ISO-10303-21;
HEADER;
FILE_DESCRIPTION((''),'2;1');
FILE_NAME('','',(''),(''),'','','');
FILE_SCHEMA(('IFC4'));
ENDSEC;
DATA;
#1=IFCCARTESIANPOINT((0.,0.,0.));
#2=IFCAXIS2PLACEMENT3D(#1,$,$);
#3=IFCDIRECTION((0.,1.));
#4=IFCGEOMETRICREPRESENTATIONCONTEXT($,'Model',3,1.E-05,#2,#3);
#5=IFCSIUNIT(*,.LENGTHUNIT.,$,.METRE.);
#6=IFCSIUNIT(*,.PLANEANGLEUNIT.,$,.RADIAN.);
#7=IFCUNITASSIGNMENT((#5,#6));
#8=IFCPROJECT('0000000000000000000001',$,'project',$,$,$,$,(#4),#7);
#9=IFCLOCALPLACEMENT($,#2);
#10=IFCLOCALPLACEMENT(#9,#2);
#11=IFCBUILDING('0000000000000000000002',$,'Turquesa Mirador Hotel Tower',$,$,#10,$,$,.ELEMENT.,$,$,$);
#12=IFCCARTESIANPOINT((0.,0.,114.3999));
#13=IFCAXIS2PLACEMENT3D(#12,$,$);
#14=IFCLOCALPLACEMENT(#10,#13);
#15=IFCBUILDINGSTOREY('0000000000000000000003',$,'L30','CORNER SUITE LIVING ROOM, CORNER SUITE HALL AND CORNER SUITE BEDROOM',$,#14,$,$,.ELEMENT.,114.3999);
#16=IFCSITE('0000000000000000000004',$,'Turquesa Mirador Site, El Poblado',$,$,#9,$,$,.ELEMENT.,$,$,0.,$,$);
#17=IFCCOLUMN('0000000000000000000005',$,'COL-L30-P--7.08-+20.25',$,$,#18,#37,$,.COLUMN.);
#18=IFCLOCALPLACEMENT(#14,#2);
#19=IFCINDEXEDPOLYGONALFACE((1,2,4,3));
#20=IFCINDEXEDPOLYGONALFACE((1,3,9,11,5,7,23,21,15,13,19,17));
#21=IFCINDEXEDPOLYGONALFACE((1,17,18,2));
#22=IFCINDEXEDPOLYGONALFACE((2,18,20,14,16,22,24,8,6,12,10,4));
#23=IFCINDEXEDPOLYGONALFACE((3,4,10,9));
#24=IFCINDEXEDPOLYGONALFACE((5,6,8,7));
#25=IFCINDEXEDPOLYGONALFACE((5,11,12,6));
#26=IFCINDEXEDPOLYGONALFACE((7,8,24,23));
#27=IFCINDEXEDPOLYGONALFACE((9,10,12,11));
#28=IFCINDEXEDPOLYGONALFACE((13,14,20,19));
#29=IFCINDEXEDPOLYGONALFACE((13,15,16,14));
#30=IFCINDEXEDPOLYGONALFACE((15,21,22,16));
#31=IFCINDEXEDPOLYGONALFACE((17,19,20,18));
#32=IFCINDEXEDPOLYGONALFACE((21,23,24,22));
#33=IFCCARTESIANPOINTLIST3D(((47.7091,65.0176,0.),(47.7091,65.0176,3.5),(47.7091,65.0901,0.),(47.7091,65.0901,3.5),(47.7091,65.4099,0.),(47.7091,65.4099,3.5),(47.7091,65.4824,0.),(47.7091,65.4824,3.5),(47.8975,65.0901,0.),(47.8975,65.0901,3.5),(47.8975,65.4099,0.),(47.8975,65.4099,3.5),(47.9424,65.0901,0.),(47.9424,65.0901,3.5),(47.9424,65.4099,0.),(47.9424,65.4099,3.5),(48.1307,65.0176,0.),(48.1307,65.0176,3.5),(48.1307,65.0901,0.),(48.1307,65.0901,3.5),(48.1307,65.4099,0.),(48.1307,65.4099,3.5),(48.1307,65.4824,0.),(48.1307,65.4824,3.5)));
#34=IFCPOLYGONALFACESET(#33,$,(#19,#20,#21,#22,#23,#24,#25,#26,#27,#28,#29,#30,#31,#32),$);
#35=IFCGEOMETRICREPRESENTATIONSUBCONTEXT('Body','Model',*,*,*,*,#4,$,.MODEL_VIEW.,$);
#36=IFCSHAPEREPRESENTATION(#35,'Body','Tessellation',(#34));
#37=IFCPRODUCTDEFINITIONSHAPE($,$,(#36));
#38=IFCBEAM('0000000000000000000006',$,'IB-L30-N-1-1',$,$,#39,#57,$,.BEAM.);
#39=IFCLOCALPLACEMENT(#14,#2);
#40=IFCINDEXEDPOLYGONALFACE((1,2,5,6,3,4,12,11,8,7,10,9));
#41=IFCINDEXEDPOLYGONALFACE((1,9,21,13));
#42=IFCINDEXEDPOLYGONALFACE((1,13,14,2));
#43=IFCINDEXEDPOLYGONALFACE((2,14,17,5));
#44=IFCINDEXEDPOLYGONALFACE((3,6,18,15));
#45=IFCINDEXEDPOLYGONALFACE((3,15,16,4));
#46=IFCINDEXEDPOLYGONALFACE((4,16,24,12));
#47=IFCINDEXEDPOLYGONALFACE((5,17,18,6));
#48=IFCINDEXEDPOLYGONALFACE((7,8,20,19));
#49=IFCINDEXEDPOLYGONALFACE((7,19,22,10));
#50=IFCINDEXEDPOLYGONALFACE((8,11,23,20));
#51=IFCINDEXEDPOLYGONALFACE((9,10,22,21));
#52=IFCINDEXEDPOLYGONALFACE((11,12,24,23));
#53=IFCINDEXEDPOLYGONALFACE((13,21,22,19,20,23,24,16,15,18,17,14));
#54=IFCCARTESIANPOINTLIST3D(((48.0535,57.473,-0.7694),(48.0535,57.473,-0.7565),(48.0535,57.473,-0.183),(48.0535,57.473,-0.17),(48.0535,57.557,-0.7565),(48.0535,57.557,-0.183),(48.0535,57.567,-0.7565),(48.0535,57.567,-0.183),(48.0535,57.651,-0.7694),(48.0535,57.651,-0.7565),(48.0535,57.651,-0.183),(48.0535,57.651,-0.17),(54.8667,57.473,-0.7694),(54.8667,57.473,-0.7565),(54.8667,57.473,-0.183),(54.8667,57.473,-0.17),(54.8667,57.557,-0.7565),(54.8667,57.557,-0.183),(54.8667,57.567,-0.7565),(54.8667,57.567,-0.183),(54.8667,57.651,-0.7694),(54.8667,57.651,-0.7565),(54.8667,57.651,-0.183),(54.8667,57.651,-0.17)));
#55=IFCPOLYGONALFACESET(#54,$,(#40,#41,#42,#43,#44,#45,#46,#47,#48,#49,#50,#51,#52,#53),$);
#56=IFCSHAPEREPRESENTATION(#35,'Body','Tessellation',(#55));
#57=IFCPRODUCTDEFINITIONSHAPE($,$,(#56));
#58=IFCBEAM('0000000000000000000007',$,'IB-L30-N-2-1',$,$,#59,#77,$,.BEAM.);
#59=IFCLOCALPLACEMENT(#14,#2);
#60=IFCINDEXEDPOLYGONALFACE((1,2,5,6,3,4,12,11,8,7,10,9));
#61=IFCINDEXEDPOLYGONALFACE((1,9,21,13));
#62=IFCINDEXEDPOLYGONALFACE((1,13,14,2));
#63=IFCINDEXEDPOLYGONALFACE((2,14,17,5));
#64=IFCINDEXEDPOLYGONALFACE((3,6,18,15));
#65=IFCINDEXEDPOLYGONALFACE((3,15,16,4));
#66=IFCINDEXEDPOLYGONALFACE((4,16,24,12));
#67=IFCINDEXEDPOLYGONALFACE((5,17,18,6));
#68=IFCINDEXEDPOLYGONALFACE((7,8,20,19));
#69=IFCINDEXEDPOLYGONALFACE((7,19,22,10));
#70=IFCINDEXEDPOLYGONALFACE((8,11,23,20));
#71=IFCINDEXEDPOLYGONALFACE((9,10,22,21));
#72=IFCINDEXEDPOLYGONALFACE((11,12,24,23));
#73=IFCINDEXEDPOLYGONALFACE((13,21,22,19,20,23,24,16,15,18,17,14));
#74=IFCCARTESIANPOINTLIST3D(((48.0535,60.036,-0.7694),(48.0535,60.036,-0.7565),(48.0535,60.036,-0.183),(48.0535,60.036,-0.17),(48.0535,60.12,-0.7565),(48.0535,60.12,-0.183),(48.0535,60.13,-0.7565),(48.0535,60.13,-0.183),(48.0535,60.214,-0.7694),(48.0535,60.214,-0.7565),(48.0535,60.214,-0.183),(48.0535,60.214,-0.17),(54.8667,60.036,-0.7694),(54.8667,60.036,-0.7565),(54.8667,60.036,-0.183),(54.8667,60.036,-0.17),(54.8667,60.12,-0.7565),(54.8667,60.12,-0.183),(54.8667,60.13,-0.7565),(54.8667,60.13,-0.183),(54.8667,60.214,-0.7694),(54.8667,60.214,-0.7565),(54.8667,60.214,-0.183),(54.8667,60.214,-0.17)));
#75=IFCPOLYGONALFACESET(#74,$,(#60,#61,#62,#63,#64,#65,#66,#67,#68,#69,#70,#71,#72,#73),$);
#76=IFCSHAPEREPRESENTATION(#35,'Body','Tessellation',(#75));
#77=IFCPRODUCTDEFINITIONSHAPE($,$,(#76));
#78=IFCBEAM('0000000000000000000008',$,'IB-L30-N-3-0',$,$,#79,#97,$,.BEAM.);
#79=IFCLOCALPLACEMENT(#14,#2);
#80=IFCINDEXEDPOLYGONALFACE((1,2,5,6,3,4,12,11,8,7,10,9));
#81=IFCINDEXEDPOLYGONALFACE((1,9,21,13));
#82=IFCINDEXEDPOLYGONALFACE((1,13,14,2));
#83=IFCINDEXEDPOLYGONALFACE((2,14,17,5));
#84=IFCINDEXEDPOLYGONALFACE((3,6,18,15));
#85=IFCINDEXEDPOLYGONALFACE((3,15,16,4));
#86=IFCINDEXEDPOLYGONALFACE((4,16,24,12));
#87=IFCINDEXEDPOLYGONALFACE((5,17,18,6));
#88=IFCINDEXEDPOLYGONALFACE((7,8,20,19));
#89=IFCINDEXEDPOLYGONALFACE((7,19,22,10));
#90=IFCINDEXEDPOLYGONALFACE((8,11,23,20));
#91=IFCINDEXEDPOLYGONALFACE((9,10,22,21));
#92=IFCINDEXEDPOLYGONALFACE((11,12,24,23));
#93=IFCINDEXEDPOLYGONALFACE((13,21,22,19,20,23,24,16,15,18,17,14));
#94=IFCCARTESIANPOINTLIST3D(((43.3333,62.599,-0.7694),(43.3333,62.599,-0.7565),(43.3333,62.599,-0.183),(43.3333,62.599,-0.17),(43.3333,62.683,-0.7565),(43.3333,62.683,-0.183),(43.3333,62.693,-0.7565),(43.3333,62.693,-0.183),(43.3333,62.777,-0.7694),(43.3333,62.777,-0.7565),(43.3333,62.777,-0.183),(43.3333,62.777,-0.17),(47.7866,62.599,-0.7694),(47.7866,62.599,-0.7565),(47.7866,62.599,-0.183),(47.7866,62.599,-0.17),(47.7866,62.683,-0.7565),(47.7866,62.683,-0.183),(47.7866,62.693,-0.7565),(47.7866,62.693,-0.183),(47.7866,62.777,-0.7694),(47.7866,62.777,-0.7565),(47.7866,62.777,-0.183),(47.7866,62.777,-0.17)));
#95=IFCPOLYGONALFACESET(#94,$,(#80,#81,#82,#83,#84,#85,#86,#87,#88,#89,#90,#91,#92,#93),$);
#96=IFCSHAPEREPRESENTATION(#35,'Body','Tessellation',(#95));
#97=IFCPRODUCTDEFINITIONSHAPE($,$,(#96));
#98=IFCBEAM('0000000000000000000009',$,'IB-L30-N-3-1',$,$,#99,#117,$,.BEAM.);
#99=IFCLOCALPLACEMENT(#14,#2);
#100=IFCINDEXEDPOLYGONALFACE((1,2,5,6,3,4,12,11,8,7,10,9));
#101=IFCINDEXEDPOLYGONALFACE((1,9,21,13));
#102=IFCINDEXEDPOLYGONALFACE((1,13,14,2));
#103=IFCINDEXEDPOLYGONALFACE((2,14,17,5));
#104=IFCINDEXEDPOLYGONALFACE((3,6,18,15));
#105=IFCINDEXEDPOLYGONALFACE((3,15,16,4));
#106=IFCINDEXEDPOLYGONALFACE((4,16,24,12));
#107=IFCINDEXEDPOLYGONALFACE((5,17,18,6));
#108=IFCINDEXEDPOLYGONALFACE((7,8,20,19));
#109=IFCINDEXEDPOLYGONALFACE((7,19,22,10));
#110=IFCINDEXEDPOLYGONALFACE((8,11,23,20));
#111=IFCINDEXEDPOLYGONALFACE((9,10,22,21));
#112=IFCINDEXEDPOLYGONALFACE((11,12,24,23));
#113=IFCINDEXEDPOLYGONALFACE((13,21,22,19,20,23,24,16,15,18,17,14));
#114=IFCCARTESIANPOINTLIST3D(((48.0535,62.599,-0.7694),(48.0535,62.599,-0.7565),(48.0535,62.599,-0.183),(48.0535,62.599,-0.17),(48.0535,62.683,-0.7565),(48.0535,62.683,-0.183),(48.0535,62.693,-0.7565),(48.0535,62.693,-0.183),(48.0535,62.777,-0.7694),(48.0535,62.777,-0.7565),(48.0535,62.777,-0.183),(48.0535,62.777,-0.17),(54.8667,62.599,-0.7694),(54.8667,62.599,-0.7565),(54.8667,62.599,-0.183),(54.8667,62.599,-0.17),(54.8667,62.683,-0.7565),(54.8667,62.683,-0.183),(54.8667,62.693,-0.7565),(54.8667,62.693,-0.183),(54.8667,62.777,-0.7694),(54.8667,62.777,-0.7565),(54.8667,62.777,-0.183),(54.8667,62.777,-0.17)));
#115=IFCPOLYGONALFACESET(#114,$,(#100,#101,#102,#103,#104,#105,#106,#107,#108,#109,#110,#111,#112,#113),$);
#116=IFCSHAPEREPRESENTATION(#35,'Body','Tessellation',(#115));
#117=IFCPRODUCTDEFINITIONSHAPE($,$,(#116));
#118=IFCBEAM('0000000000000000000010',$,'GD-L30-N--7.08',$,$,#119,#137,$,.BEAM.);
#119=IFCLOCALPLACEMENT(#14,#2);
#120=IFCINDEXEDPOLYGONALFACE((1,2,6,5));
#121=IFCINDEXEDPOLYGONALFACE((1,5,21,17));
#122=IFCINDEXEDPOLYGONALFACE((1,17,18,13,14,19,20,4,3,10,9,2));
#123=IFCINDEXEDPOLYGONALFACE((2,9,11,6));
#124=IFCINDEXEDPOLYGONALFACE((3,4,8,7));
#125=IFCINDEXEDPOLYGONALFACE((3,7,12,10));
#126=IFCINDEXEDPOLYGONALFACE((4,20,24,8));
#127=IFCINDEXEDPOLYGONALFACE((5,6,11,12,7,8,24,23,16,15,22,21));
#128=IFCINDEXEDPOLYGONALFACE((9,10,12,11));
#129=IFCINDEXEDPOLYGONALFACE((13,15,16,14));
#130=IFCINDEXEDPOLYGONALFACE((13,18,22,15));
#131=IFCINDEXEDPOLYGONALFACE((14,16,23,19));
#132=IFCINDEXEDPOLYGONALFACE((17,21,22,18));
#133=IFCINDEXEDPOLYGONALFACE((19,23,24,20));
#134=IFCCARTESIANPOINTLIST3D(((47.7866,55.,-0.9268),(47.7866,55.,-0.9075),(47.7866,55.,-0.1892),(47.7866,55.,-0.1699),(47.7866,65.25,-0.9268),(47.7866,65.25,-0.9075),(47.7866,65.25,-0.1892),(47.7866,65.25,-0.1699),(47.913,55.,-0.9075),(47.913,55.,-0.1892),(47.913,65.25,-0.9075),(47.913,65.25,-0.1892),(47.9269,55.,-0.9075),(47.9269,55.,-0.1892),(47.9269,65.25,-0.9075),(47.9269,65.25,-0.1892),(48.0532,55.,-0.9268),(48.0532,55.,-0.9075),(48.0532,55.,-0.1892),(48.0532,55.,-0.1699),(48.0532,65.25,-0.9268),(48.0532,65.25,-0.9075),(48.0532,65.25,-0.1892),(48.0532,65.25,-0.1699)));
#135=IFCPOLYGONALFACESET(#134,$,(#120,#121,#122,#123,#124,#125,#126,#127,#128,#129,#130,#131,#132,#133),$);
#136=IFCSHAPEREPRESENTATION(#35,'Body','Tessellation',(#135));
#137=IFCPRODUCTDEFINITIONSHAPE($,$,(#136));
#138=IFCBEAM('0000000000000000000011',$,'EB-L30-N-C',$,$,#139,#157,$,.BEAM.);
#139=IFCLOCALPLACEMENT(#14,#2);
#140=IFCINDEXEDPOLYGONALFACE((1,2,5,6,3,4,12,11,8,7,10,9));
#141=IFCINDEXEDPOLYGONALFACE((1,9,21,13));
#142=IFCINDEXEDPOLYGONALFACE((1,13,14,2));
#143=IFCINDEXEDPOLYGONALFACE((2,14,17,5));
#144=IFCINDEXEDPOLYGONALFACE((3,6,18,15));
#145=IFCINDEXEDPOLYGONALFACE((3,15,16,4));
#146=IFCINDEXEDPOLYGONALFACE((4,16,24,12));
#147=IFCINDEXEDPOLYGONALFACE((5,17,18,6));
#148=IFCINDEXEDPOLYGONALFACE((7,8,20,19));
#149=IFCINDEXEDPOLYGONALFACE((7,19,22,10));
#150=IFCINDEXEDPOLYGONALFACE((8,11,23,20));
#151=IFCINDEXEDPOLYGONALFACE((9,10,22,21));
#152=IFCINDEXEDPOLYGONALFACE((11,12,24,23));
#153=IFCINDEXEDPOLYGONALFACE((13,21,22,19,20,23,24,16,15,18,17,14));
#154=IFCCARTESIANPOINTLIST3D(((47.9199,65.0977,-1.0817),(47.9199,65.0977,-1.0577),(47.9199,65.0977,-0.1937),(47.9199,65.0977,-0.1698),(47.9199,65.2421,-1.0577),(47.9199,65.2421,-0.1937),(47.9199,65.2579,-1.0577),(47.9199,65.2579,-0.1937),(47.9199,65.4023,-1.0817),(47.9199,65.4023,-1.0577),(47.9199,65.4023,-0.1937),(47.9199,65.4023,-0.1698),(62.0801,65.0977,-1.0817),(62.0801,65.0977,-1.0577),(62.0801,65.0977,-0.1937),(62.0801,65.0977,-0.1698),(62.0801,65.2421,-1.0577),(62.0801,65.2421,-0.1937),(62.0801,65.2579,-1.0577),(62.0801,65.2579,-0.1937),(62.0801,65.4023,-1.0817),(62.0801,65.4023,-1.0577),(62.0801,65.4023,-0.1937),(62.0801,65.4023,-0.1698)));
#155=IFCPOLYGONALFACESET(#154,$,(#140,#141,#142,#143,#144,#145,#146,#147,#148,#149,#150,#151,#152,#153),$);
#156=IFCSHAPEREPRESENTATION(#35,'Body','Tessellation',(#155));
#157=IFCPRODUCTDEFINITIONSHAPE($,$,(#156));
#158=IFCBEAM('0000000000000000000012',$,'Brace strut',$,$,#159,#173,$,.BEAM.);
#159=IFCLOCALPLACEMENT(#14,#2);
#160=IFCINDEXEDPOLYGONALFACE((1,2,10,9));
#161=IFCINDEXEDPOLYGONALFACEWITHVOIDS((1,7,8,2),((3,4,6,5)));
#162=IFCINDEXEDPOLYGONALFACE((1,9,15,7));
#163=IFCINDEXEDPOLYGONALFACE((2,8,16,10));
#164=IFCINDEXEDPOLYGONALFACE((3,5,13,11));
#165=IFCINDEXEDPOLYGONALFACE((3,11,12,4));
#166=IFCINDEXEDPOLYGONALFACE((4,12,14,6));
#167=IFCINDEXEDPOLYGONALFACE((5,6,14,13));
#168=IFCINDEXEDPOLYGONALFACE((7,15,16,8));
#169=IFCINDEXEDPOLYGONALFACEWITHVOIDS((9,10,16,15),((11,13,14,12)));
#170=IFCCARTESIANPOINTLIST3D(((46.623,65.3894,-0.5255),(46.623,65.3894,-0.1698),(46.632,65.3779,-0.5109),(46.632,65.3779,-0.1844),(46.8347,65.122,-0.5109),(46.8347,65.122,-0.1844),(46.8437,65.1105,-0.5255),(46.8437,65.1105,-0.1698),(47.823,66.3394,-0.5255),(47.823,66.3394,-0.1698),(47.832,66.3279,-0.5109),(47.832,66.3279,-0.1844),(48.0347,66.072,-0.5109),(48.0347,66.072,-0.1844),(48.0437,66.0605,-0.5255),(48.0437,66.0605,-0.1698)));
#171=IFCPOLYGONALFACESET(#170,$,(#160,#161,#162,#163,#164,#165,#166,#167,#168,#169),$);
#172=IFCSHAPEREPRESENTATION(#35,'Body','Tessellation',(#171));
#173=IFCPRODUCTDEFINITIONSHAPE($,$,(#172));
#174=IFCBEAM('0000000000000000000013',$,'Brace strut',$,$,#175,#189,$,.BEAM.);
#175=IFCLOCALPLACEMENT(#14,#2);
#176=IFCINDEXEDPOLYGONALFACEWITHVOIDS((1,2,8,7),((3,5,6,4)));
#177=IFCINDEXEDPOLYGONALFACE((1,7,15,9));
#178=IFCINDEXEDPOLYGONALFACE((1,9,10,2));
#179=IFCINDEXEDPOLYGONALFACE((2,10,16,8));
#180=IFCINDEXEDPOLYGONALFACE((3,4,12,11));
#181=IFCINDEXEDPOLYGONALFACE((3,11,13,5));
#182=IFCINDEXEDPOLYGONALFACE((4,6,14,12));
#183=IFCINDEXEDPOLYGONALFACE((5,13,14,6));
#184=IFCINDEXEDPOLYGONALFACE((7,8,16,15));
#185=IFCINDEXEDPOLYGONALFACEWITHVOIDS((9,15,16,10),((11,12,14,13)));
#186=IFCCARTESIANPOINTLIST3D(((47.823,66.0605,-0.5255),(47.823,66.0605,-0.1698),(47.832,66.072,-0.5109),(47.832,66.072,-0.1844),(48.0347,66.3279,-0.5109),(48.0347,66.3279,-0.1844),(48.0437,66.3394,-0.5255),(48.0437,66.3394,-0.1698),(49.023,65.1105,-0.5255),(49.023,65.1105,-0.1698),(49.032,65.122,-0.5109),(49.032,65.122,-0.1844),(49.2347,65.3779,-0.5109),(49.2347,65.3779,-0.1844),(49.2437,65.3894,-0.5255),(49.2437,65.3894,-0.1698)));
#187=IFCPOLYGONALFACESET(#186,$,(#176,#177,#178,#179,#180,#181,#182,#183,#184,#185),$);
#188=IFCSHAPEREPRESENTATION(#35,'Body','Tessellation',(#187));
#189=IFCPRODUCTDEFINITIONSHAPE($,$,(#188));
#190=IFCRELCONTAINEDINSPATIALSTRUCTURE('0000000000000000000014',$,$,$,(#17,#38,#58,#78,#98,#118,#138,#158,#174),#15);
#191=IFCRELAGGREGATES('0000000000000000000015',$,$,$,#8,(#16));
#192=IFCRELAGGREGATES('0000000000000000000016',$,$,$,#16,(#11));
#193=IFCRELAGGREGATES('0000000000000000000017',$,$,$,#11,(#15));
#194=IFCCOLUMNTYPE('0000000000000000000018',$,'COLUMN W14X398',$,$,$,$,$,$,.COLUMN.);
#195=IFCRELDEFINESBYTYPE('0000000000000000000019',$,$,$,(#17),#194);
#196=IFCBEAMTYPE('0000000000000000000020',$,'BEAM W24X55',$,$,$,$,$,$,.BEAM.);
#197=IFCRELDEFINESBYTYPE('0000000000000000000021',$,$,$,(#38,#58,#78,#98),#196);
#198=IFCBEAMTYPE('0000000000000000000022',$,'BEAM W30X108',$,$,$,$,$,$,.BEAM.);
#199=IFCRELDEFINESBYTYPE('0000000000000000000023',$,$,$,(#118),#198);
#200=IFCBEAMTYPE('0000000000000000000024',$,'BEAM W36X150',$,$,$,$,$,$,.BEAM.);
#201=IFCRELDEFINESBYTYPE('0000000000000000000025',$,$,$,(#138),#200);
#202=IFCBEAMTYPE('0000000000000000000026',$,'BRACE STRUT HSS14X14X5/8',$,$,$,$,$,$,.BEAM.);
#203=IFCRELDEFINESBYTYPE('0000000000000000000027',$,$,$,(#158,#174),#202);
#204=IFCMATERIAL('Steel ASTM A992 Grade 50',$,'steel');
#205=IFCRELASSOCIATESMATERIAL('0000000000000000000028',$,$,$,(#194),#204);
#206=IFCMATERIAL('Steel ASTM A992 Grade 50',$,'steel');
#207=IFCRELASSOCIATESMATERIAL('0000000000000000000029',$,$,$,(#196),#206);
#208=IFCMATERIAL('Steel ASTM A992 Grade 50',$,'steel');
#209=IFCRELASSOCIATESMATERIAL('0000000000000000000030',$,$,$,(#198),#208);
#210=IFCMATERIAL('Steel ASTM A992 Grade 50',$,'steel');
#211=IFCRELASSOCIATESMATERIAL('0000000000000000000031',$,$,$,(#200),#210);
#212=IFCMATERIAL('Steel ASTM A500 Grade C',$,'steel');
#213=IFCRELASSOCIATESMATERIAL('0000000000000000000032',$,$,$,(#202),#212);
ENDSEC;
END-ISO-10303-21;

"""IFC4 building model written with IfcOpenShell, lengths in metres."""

from ifc_helpers import new_model, si_unit, direction, frame, origin, origin_2d, place, context, subcontext, project, spatial, hollow_rectangle, i_section, extrude, material, material_profile, profile_set, type_object, element, save


model = new_model("IFC4")

# Units and contexts
model_context = context("Model", 3, precision=1e-05, world=origin(), true_north=direction((0.0, 1.0)))
body_context = subcontext(model_context, "Body", "Model", "MODEL_VIEW")
ifc_project = project(units=[si_unit("LENGTHUNIT", "METRE"), si_unit("PLANEANGLEUNIT", "RADIAN")], contexts=[model_context])

# Site, building, storey
site_placement = place(None, origin())
site = spatial("IfcSite", under=ifc_project, at=site_placement, Name="Turquesa Mirador Site, El Poblado", CompositionType="ELEMENT", RefElevation=0.0)
building_placement = place(site_placement, origin())
building = spatial("IfcBuilding", under=site, at=building_placement, Name="Turquesa Mirador Hotel Tower", CompositionType="ELEMENT")
storey_placement = place(building_placement, frame((0.0, 0.0, 114.3999)))
storey = spatial("IfcBuildingStorey", under=building, at=storey_placement, Name="L30", Description="CORNER SUITE LIVING ROOM, CORNER SUITE HALL AND CORNER SUITE BEDROOM", CompositionType="ELEMENT", Elevation=114.3999)

# Column
ifc_material_1 = material(Name="Steel ASTM A992 Grade 50", Category="steel")
ifc_material_profile_1 = material_profile(ifc_material_1, i_section(OverallWidth=0.4216, OverallDepth=0.4648, WebThickness=0.0449, FlangeThickness=0.0725, at=origin_2d()), Name="W14X398")
ifc_profile_set_1 = profile_set([ifc_material_profile_1], Name="Steel ASTM A992 Grade 50")
column_type = type_object("IfcColumnType", Name="COLUMN W14X398", PredefinedType="COLUMN", material=ifc_profile_set_1)
column_placement = place(storey_placement, frame((47.9199, 65.25, 0.0), z_axis=(0.0, 0.0, 1.0), x_axis=(1.0, 0.0, 0.0)))
element("IfcColumn", 1, at=column_placement, inside=storey, type_object=column_type, Name="COL-L30-P--7.08-+20.25", PredefinedType="COLUMN", context=body_context, shape_type="SweptSolid", body=[
    extrude(i_section(OverallWidth=0.4216, OverallDepth=0.4648, WebThickness=0.0449, FlangeThickness=0.0725, at=origin_2d()), origin(), (0.0, 0.0, 1.0), 3.5),
])

# Beams
ifc_material_2 = material(Name="Steel ASTM A992 Grade 50", Category="steel")
ifc_material_profile_2 = material_profile(ifc_material_2, i_section(OverallWidth=0.178, OverallDepth=0.5994, WebThickness=0.01, FlangeThickness=0.0129, at=origin_2d()), Name="W24X55")
ifc_profile_set_2 = profile_set([ifc_material_profile_2], Name="Steel ASTM A992 Grade 50")
beam_type_1 = type_object("IfcBeamType", Name="BEAM W24X55", PredefinedType="BEAM", material=ifc_profile_set_2)
for number, where, z_axis, x_axis, name in (
    (2, (48.0535, 57.562, -0.4697), (1.0, 0.0, 0.0), (0.0, 1.0, 0.0), "IB-L30-N-1-1"),
    (3, (48.0535, 60.125, -0.4697), (1.0, 0.0, 0.0), (0.0, 1.0, 0.0), "IB-L30-N-2-1"),
):
    element("IfcBeam", number, at=place(storey_placement, frame(where, z_axis=z_axis, x_axis=x_axis)), inside=storey, type_object=beam_type_1, Name=name, PredefinedType="BEAM", context=body_context, shape_type="SweptSolid", body=[
        extrude(i_section(OverallWidth=0.178, OverallDepth=0.5994, WebThickness=0.01, FlangeThickness=0.0129, at=origin_2d()), origin(), (0.0, 0.0, 1.0), 6.8132),
    ])
beam_1_placement = place(storey_placement, frame((43.3333, 62.688, -0.4697), z_axis=(1.0, 0.0, 0.0), x_axis=(0.0, 1.0, 0.0)))
element("IfcBeam", 4, at=beam_1_placement, inside=storey, type_object=beam_type_1, Name="IB-L30-N-3-0", PredefinedType="BEAM", context=body_context, shape_type="SweptSolid", body=[
    extrude(i_section(OverallWidth=0.178, OverallDepth=0.5994, WebThickness=0.01, FlangeThickness=0.0129, at=origin_2d()), origin(), (0.0, 0.0, 1.0), 4.4534),
])
beam_2_placement = place(storey_placement, frame((48.0535, 62.688, -0.4697), z_axis=(1.0, 0.0, 0.0), x_axis=(0.0, 1.0, 0.0)))
element("IfcBeam", 5, at=beam_2_placement, inside=storey, type_object=beam_type_1, Name="IB-L30-N-3-1", PredefinedType="BEAM", context=body_context, shape_type="SweptSolid", body=[
    extrude(i_section(OverallWidth=0.178, OverallDepth=0.5994, WebThickness=0.01, FlangeThickness=0.0129, at=origin_2d()), origin(), (0.0, 0.0, 1.0), 6.8132),
])
ifc_material_3 = material(Name="Steel ASTM A992 Grade 50", Category="steel")
ifc_material_profile_3 = material_profile(ifc_material_3, i_section(OverallWidth=0.2666, OverallDepth=0.7568, WebThickness=0.0139, FlangeThickness=0.0193, at=origin_2d()), Name="W30X108")
ifc_profile_set_3 = profile_set([ifc_material_profile_3], Name="Steel ASTM A992 Grade 50")
beam_type_2 = type_object("IfcBeamType", Name="BEAM W30X108", PredefinedType="BEAM", material=ifc_profile_set_3)
beam_3_placement = place(storey_placement, frame((47.9199, 65.25, -0.5483), z_axis=(0.0, -1.0, 0.0), x_axis=(1.0, 0.0, 0.0)))
element("IfcBeam", 6, at=beam_3_placement, inside=storey, type_object=beam_type_2, Name="GD-L30-N--7.08", PredefinedType="BEAM", context=body_context, shape_type="SweptSolid", body=[
    extrude(i_section(OverallWidth=0.2666, OverallDepth=0.7568, WebThickness=0.0139, FlangeThickness=0.0193, at=origin_2d()), origin(), (0.0, 0.0, 1.0), 10.25),
])
ifc_material_4 = material(Name="Steel ASTM A992 Grade 50", Category="steel")
ifc_material_profile_4 = material_profile(ifc_material_4, i_section(OverallWidth=0.3047, OverallDepth=0.9119, WebThickness=0.0159, FlangeThickness=0.0239, at=origin_2d()), Name="W36X150")
ifc_profile_set_4 = profile_set([ifc_material_profile_4], Name="Steel ASTM A992 Grade 50")
beam_type_3 = type_object("IfcBeamType", Name="BEAM W36X150", PredefinedType="BEAM", material=ifc_profile_set_4)
beam_4_placement = place(storey_placement, frame((47.9199, 65.25, -0.6257), z_axis=(1.0, 0.0, 0.0), x_axis=(0.0, 1.0, 0.0)))
element("IfcBeam", 7, at=beam_4_placement, inside=storey, type_object=beam_type_3, Name="EB-L30-N-C", PredefinedType="BEAM", context=body_context, shape_type="SweptSolid", body=[
    extrude(i_section(OverallWidth=0.3047, OverallDepth=0.9119, WebThickness=0.0159, FlangeThickness=0.0239, at=origin_2d()), origin(), (0.0, 0.0, 1.0), 14.1602),
])
ifc_material_5 = material(Name="Steel ASTM A500 Grade C", Category="steel")
ifc_material_profile_5 = material_profile(ifc_material_5, hollow_rectangle(XDim=0.3557, YDim=0.3557, WallThickness=0.0146, at=origin_2d()), Name="HSS14X14X5/8")
ifc_profile_set_5 = profile_set([ifc_material_profile_5], Name="Steel ASTM A500 Grade C")
beam_type_4 = type_object("IfcBeamType", Name="BRACE STRUT HSS14X14X5/8", PredefinedType="BEAM", material=ifc_profile_set_5)
for number, where, z_axis, x_axis, name in (
    (8, (47.9333, 66.2, -0.3477), (-0.784049, -0.620699, 0.0), (0.620699, -0.784049, 0.0), "Brace strut"),
    (9, (47.9333, 66.2, -0.3477), (0.784049, -0.620699, 0.0), (0.620699, 0.784049, 0.0), "Brace strut"),
):
    element("IfcBeam", number, at=place(storey_placement, frame(where, z_axis=z_axis, x_axis=x_axis)), inside=storey, type_object=beam_type_4, Name=name, PredefinedType="BEAM", context=body_context, shape_type="SweptSolid", body=[
        extrude(hollow_rectangle(XDim=0.3557, YDim=0.3557, WallThickness=0.0146, at=origin_2d()), origin(), (0.0, 0.0, 1.0), 1.5305),
    ])

save(model, "model.ifc")
